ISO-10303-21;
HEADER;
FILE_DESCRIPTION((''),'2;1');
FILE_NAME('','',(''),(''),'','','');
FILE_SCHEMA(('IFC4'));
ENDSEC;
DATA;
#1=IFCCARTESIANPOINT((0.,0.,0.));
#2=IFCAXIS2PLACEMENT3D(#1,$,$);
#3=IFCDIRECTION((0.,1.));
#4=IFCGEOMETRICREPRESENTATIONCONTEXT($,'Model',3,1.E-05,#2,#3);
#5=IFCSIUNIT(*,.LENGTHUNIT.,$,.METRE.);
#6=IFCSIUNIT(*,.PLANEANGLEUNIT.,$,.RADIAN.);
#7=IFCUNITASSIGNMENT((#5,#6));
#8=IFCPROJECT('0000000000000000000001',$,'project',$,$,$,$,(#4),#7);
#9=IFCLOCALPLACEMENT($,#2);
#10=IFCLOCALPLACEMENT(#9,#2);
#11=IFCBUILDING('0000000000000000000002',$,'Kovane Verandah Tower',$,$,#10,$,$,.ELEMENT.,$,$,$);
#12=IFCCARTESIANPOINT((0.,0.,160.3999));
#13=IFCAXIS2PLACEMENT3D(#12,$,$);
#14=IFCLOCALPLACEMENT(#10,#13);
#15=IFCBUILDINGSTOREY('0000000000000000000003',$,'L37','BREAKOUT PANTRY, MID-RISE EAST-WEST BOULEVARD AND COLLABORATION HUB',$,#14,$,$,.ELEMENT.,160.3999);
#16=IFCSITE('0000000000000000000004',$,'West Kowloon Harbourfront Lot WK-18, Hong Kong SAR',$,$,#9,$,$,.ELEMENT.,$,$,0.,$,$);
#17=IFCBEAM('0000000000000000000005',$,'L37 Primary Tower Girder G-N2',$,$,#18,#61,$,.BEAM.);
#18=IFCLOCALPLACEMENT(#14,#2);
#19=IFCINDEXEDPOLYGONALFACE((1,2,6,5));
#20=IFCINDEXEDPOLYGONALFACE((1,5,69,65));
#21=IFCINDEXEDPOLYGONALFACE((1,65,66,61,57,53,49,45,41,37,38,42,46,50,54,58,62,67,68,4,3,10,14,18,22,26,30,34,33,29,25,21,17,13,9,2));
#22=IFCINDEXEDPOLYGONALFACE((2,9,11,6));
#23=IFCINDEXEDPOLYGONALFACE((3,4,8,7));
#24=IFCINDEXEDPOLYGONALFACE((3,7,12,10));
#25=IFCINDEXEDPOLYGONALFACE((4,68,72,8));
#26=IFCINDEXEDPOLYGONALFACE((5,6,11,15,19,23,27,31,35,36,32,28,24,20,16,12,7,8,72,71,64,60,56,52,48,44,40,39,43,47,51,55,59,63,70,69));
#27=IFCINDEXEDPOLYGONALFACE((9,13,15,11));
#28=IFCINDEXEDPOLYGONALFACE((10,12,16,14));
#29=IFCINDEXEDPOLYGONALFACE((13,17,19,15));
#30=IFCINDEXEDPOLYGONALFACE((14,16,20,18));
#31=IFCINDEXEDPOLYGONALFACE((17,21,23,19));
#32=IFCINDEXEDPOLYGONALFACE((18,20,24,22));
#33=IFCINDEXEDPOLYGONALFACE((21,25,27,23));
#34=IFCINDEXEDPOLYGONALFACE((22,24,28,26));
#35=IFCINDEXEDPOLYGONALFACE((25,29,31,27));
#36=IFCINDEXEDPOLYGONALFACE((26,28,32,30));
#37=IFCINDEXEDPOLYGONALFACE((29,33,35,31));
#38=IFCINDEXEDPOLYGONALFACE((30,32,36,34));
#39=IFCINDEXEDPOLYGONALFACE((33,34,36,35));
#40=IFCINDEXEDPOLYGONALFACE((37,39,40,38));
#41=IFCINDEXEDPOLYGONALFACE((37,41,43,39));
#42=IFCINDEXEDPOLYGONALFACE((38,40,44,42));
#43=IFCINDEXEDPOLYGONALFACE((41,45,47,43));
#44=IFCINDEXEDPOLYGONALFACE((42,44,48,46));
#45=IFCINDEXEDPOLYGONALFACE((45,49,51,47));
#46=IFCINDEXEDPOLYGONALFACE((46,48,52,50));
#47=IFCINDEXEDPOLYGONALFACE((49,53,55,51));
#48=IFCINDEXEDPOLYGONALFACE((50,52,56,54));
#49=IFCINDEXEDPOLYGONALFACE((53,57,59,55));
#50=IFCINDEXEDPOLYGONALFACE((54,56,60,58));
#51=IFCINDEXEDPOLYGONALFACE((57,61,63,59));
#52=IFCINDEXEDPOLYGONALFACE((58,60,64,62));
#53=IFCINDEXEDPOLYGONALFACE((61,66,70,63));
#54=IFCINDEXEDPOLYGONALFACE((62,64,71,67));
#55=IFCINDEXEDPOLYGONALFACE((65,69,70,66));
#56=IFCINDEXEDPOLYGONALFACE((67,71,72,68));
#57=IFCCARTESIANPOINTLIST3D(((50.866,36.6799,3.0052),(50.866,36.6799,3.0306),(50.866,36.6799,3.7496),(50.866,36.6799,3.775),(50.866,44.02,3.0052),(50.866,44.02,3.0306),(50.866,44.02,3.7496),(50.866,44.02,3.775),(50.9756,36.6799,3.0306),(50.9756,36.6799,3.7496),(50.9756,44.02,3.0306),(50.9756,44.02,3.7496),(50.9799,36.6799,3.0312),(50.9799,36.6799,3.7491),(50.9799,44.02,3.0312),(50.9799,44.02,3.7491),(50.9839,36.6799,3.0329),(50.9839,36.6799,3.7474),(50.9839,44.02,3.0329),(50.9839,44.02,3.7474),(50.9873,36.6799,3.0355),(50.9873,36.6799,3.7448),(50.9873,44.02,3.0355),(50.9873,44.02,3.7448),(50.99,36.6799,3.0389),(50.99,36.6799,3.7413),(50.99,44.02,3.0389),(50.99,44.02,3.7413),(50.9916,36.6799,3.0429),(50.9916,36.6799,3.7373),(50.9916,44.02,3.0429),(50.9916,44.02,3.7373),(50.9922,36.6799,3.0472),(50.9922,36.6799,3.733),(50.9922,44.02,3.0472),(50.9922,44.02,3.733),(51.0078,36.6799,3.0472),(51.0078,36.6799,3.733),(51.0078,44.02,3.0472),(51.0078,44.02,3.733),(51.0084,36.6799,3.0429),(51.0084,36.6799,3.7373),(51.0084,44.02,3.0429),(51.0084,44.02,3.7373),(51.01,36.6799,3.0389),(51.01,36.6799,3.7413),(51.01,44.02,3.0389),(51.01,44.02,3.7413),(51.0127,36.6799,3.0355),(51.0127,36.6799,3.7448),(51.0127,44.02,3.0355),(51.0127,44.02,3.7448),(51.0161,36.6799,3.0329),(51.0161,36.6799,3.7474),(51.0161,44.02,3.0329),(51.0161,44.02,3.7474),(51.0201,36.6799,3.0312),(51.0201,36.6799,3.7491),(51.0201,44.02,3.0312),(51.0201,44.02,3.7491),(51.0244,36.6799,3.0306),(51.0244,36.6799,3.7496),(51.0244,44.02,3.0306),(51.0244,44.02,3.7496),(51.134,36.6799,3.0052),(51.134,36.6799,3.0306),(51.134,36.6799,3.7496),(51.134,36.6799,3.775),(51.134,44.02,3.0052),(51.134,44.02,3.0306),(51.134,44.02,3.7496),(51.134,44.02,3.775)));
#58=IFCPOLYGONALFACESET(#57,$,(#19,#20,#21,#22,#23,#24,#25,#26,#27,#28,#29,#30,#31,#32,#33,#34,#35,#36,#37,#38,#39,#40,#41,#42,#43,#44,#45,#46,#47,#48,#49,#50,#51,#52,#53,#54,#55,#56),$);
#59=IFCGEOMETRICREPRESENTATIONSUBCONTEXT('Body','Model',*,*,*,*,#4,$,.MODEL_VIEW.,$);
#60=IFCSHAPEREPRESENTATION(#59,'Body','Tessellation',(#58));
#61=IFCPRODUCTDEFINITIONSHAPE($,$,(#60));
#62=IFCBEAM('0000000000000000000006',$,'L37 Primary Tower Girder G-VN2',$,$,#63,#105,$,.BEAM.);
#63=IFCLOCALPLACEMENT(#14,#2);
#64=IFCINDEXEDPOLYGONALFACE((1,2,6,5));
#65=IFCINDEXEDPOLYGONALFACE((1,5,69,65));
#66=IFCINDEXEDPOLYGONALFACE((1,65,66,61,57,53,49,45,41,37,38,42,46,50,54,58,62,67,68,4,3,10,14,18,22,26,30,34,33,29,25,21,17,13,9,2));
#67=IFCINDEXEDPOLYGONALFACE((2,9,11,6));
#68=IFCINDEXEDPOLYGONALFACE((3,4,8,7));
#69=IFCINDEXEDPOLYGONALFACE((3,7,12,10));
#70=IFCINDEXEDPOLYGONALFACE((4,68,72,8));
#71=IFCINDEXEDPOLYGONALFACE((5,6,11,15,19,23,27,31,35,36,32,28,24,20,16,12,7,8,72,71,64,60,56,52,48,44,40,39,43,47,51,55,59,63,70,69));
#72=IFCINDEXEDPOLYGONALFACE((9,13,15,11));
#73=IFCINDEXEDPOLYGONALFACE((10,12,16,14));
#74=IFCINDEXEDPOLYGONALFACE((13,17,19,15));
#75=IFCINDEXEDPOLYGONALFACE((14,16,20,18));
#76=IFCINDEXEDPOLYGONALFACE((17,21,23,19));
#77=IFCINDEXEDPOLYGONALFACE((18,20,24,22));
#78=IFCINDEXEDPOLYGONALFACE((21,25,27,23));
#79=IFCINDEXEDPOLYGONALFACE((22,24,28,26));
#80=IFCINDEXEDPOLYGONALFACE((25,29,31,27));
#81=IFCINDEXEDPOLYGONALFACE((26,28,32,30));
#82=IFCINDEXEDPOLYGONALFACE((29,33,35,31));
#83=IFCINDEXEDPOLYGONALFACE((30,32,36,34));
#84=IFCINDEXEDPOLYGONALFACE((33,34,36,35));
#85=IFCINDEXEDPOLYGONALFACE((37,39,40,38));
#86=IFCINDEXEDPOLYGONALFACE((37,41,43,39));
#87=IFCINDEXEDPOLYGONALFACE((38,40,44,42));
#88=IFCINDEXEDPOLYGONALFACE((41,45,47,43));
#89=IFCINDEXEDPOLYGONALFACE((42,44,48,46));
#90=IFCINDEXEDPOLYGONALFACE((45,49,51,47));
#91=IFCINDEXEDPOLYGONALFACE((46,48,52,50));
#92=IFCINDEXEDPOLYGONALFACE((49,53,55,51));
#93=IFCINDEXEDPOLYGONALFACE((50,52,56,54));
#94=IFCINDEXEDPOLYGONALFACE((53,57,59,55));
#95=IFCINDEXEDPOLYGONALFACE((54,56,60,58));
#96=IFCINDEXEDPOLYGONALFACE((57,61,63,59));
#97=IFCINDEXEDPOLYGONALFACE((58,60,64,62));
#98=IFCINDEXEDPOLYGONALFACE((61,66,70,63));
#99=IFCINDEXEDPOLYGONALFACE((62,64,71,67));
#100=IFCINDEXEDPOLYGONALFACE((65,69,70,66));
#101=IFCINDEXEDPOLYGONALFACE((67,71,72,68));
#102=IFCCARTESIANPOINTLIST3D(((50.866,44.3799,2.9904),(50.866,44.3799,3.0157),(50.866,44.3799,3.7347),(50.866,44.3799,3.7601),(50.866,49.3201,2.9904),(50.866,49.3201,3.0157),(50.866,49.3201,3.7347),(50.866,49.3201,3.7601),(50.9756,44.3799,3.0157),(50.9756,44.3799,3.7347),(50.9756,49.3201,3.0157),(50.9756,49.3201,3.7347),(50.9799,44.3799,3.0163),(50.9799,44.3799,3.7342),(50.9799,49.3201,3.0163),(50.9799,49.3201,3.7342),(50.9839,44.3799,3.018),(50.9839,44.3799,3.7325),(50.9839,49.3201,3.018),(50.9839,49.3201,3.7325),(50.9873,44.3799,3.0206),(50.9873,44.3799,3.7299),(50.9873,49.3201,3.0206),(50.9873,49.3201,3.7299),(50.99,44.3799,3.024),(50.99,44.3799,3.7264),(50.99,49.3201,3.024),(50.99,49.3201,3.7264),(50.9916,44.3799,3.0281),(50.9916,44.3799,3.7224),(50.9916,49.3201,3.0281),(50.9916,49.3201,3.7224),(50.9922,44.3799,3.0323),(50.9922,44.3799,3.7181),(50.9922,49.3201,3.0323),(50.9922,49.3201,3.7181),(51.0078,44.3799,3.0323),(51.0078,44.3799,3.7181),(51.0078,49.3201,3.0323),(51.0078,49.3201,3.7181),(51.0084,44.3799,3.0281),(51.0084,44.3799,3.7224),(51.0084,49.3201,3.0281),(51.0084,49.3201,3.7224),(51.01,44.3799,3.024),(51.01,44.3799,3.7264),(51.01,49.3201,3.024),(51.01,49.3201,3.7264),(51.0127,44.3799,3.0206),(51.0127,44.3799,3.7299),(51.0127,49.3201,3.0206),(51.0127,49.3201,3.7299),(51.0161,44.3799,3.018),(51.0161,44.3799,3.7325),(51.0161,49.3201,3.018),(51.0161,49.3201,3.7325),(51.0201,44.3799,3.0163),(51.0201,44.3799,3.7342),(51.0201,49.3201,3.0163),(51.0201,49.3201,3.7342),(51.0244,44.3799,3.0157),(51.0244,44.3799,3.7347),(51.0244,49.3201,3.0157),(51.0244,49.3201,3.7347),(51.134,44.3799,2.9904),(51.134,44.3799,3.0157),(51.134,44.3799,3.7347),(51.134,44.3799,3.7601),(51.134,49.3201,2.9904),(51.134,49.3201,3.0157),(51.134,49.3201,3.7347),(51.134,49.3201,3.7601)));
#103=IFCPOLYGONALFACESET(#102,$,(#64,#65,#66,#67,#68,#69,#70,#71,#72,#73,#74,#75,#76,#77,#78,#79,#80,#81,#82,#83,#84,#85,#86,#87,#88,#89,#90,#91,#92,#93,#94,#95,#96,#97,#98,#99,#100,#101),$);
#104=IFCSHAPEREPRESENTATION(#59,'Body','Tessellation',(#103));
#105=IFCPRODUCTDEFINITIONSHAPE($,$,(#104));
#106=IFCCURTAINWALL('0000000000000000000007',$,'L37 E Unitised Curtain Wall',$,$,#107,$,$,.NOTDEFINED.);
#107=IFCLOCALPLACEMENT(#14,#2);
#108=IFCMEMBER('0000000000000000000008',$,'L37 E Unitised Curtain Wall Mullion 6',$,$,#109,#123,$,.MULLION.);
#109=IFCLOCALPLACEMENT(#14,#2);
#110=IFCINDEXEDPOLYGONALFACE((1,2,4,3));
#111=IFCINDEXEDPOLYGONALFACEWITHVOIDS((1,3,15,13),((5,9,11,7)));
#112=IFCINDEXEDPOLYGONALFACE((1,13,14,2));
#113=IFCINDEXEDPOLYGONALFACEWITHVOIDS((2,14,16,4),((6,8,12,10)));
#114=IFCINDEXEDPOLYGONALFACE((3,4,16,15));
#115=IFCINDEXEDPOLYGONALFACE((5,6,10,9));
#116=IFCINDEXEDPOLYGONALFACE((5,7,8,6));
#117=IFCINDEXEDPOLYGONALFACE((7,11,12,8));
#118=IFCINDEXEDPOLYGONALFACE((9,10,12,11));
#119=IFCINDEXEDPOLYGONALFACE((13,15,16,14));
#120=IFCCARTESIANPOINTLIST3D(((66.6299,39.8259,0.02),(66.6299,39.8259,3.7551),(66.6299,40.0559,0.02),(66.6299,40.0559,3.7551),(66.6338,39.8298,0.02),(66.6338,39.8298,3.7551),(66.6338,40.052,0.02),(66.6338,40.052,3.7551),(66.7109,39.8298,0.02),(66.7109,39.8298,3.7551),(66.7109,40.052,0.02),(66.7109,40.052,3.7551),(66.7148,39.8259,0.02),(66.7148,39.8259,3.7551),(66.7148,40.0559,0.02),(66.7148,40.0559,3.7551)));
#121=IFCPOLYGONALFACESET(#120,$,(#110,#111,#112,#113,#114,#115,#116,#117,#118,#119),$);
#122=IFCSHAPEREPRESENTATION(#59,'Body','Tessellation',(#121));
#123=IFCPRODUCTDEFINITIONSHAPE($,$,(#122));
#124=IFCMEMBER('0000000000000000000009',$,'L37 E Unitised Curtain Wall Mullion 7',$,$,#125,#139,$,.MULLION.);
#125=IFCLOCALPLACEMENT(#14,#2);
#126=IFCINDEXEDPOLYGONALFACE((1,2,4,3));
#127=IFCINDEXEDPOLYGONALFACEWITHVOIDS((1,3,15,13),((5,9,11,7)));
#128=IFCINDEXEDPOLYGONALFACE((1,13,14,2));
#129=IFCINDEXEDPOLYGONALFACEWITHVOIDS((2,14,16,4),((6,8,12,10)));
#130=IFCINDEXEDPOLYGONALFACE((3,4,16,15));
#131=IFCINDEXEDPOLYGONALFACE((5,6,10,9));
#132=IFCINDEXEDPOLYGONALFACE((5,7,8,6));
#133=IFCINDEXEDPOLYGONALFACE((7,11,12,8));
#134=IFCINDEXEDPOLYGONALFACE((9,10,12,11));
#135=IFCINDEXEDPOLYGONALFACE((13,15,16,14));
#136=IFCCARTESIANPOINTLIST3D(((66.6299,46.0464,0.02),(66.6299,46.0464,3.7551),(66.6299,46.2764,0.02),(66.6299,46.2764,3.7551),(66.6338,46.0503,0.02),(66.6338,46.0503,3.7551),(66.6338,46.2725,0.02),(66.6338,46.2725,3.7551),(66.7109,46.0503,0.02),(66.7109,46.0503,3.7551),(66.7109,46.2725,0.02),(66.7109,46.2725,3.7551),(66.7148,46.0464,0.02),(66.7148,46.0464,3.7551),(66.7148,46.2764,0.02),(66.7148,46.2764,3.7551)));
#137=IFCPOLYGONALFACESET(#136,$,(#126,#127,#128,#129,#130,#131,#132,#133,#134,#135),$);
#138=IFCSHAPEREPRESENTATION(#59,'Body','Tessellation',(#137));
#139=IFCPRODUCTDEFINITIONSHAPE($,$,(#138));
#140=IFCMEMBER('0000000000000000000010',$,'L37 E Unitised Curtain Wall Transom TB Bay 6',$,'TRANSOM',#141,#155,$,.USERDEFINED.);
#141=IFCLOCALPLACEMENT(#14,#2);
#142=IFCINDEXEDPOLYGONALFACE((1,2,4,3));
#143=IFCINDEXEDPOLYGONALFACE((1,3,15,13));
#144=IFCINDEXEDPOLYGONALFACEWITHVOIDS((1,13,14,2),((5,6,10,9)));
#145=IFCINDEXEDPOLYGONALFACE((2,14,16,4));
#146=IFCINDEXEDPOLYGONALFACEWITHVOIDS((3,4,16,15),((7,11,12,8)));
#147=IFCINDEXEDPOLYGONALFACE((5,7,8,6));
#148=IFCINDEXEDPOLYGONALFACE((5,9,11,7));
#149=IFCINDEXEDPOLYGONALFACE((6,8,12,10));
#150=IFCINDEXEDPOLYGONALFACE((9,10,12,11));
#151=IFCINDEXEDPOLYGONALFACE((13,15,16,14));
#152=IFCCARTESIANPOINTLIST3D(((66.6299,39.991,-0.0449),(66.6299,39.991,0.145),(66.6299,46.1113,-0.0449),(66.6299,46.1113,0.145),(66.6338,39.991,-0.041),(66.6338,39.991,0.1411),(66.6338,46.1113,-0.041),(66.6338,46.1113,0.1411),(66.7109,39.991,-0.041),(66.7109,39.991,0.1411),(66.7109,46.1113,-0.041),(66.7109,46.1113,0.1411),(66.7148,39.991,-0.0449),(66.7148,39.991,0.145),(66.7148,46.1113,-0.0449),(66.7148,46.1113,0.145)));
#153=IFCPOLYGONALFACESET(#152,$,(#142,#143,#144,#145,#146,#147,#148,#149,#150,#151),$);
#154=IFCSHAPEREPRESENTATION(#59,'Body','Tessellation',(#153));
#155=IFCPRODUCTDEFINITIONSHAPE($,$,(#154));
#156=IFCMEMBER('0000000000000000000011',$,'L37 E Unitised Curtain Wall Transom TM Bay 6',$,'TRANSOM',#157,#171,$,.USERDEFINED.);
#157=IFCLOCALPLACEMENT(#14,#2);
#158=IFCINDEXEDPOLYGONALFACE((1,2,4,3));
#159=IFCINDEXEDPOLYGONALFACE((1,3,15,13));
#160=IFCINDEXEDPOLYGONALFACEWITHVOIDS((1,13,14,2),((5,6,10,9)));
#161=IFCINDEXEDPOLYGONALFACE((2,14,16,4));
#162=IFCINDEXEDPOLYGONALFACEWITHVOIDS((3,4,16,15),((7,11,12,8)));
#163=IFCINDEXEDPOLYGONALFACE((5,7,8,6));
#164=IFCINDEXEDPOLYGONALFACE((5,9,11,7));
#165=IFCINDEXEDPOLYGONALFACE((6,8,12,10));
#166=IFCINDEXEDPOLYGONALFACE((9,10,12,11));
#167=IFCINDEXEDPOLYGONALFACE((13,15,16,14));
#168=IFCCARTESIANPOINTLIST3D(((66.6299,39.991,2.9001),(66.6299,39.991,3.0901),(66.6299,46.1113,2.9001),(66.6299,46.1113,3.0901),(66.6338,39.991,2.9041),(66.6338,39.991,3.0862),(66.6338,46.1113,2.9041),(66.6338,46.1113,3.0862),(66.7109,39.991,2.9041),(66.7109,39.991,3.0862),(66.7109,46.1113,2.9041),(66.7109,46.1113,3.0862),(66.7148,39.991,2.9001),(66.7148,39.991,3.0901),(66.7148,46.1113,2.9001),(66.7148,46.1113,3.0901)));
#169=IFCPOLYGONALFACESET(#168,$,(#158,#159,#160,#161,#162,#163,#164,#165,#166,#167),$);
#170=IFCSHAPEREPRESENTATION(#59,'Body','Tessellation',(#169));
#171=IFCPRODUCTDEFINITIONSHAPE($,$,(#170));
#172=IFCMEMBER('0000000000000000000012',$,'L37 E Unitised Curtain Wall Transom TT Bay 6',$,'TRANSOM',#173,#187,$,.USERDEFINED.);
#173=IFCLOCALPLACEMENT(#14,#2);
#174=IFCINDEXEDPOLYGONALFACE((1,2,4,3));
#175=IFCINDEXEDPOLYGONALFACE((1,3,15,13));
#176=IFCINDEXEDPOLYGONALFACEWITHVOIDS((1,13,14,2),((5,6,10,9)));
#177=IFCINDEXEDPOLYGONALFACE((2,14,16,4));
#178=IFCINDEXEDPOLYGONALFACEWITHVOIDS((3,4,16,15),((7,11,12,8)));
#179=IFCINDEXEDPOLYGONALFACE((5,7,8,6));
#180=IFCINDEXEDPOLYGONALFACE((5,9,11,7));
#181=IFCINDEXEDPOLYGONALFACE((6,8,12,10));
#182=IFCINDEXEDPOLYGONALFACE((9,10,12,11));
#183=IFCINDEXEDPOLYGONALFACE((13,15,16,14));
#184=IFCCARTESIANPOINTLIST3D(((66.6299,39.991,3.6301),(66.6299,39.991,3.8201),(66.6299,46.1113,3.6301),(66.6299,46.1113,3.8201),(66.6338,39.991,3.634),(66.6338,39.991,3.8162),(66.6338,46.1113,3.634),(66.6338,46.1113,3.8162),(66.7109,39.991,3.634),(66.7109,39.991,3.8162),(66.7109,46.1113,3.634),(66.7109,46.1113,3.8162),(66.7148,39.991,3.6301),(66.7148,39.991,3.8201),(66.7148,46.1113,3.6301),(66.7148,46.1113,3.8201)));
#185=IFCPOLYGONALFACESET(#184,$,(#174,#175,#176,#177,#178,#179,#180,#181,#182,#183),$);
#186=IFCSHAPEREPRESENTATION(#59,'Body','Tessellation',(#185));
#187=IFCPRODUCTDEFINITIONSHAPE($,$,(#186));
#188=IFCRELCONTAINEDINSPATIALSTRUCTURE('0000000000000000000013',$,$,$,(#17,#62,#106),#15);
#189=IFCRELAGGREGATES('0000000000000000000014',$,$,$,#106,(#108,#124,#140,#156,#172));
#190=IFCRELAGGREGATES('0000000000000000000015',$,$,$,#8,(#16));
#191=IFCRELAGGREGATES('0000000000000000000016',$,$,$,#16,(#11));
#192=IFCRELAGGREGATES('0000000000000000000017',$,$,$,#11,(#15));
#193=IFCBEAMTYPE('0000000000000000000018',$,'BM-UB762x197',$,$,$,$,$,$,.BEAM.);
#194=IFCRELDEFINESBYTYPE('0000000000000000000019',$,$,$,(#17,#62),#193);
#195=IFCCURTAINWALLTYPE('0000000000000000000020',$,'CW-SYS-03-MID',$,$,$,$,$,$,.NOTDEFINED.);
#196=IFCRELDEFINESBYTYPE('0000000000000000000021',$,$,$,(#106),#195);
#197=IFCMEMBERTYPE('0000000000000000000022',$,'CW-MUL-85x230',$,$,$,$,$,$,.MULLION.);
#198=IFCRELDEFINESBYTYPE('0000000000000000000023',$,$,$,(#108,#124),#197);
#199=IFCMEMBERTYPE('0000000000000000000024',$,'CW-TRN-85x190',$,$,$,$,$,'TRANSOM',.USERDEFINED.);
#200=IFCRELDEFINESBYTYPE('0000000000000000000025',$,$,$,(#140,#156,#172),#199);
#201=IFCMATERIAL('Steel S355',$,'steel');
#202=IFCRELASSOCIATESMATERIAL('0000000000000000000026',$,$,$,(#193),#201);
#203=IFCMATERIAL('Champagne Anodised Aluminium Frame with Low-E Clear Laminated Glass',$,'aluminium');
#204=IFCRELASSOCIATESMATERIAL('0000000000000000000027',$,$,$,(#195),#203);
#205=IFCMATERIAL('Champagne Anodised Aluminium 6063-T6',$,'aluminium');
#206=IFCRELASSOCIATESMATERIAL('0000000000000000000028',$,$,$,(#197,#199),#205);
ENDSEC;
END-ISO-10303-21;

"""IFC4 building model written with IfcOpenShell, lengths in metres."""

from ifc_helpers import new_model, si_unit, direction, frame, origin, origin_2d, place, context, subcontext, project, spatial, hollow_rectangle, i_section, extrude, material, material_profile, profile_set, type_object, element, aggregate, save


model = new_model("IFC4")

# Units and contexts
model_context = context("Model", 3, precision=1e-05, world=origin(), true_north=direction((0.0, 1.0)))
body_context = subcontext(model_context, "Body", "Model", "MODEL_VIEW")
ifc_project = project(units=[si_unit("LENGTHUNIT", "METRE"), si_unit("PLANEANGLEUNIT", "RADIAN")], contexts=[model_context])

# Site, building, storey
site_placement = place(None, origin())
site = spatial("IfcSite", under=ifc_project, at=site_placement, Name="West Kowloon Harbourfront Lot WK-18, Hong Kong SAR", CompositionType="ELEMENT", RefElevation=0.0)
building_placement = place(site_placement, origin())
building = spatial("IfcBuilding", under=site, at=building_placement, Name="Kovane Verandah Tower", CompositionType="ELEMENT")
storey_placement = place(building_placement, frame((0.0, 0.0, 160.3999)))
storey = spatial("IfcBuildingStorey", under=building, at=storey_placement, Name="L37", Description="BREAKOUT PANTRY, MID-RISE EAST-WEST BOULEVARD AND COLLABORATION HUB", CompositionType="ELEMENT", Elevation=160.3999)

# Beams
ifc_material_1 = material(Name="Steel S355", Category="steel")
ifc_material_profile_1 = material_profile(ifc_material_1, i_section(OverallWidth=0.2681, OverallDepth=0.7698, WebThickness=0.0156, FlangeThickness=0.0254, FilletRadius=0.0166, at=origin_2d()), Name="UB762x267x197")
ifc_profile_set_1 = profile_set([ifc_material_profile_1], Name="Steel S355")
beam_type_1 = type_object("IfcBeamType", Name="BM-UB762x197", PredefinedType="BEAM", material=ifc_profile_set_1)
for number, where, z_axis, x_axis, name in (
    (1, (51.0, 36.6799, 3.3901), (0.0, 1.0, 0.0), (-1.0, 0.0, 0.0), "L37 Primary Tower Girder G-N2"),
):
    element("IfcBeam", number, at=place(storey_placement, frame(where, z_axis=z_axis, x_axis=x_axis)), inside=storey, type_object=beam_type_1, Name=name, PredefinedType="BEAM", context=body_context, shape_type="SweptSolid", body=[
        extrude(i_section(OverallWidth=0.2681, OverallDepth=0.7698, WebThickness=0.0156, FlangeThickness=0.0254, FilletRadius=0.0166, at=origin_2d()), origin(), (0.0, 0.0, 1.0), 7.3401),
    ])
beam_1_placement = place(storey_placement, frame((51.0, 44.3799, 3.3752), z_axis=(0.0, 1.0, 0.0), x_axis=(-1.0, 0.0, 0.0)))
element("IfcBeam", 2, at=beam_1_placement, inside=storey, type_object=beam_type_1, Name="L37 Primary Tower Girder G-VN2", PredefinedType="BEAM", context=body_context, shape_type="SweptSolid", body=[
    extrude(i_section(OverallWidth=0.2681, OverallDepth=0.7698, WebThickness=0.0156, FlangeThickness=0.0254, FilletRadius=0.0166, at=origin_2d()), origin(), (0.0, 0.0, 1.0), 4.9402),
])

# Curtain wall, members
ifc_material_2 = material(Name="Champagne Anodised Aluminium Frame with Low-E Clear Laminated Glass", Category="aluminium")
curtain_wall_type = type_object("IfcCurtainWallType", Name="CW-SYS-03-MID", PredefinedType="NOTDEFINED", material=ifc_material_2)
curtain_wall_placement = place(storey_placement, origin())
curtain_wall = element("IfcCurtainWall", 3, at=curtain_wall_placement, inside=storey, type_object=curtain_wall_type, Name="L37 E Unitised Curtain Wall", PredefinedType="NOTDEFINED")
ifc_material_3 = material(Name="Champagne Anodised Aluminium 6063-T6", Category="aluminium")
ifc_material_profile_2 = material_profile(ifc_material_3, hollow_rectangle(XDim=0.085, YDim=0.23, WallThickness=0.0039, at=origin_2d()), Name="AL85x230x4")
ifc_profile_set_2 = profile_set([ifc_material_profile_2], Name="Champagne Anodised Aluminium 6063-T6")
member_type_1 = type_object("IfcMemberType", Name="CW-MUL-85x230", PredefinedType="MULLION", material=ifc_profile_set_2)
member_1_placement = place(storey_placement, frame((66.6724, 39.9409, 0.02), z_axis=(0.0, 0.0, 1.0), x_axis=(1.0, 0.0, 0.0)))
member_1 = element("IfcMember", 4, at=member_1_placement, type_object=member_type_1, Name="L37 E Unitised Curtain Wall Mullion 6", PredefinedType="MULLION", context=body_context, shape_type="SweptSolid", body=[
    extrude(hollow_rectangle(XDim=0.085, YDim=0.23, WallThickness=0.0039, at=origin_2d()), origin(), (0.0, 0.0, 1.0), 3.7351),
])
member_2_placement = place(storey_placement, frame((66.6724, 46.1614, 0.02), z_axis=(0.0, 0.0, 1.0), x_axis=(1.0, 0.0, 0.0)))
member_2 = element("IfcMember", 5, at=member_2_placement, type_object=member_type_1, Name="L37 E Unitised Curtain Wall Mullion 7", PredefinedType="MULLION", context=body_context, shape_type="SweptSolid", body=[
    extrude(hollow_rectangle(XDim=0.085, YDim=0.23, WallThickness=0.0039, at=origin_2d()), origin(), (0.0, 0.0, 1.0), 3.7351),
])
ifc_material_profile_3 = material_profile(ifc_material_3, hollow_rectangle(XDim=0.085, YDim=0.1899, WallThickness=0.0039, at=origin_2d()), Name="AL85x190x4")
ifc_profile_set_3 = profile_set([ifc_material_profile_3], Name="Champagne Anodised Aluminium 6063-T6")
member_type_2 = type_object("IfcMemberType", Name="CW-TRN-85x190", ElementType="TRANSOM", PredefinedType="USERDEFINED", material=ifc_profile_set_3)
member_3_placement = place(storey_placement, frame((66.6724, 39.991, 0.05), z_axis=(0.0, 1.0, 0.0), x_axis=(-1.0, 0.0, 0.0)))
member_3 = element("IfcMember", 6, at=member_3_placement, type_object=member_type_2, Name="L37 E Unitised Curtain Wall Transom TB Bay 6", ObjectType="TRANSOM", PredefinedType="USERDEFINED", context=body_context, shape_type="SweptSolid", body=[
    extrude(hollow_rectangle(XDim=0.085, YDim=0.1899, WallThickness=0.0039, at=origin_2d()), origin(), (0.0, 0.0, 1.0), 6.1204),
])
member_4_placement = place(storey_placement, frame((66.6724, 39.991, 2.9951), z_axis=(0.0, 1.0, 0.0), x_axis=(-1.0, 0.0, 0.0)))
member_4 = element("IfcMember", 7, at=member_4_placement, type_object=member_type_2, Name="L37 E Unitised Curtain Wall Transom TM Bay 6", ObjectType="TRANSOM", PredefinedType="USERDEFINED", context=body_context, shape_type="SweptSolid", body=[
    extrude(hollow_rectangle(XDim=0.085, YDim=0.1899, WallThickness=0.0039, at=origin_2d()), origin(), (0.0, 0.0, 1.0), 6.1204),
])
member_5_placement = place(storey_placement, frame((66.6724, 39.991, 3.7251), z_axis=(0.0, 1.0, 0.0), x_axis=(-1.0, 0.0, 0.0)))
member_5 = element("IfcMember", 8, at=member_5_placement, type_object=member_type_2, Name="L37 E Unitised Curtain Wall Transom TT Bay 6", ObjectType="TRANSOM", PredefinedType="USERDEFINED", context=body_context, shape_type="SweptSolid", body=[
    extrude(hollow_rectangle(XDim=0.085, YDim=0.1899, WallThickness=0.0039, at=origin_2d()), origin(), (0.0, 0.0, 1.0), 6.1204),
])

aggregate(curtain_wall, [member_1, member_2, member_3, member_4, member_5])

save(model, "model.ifc")
